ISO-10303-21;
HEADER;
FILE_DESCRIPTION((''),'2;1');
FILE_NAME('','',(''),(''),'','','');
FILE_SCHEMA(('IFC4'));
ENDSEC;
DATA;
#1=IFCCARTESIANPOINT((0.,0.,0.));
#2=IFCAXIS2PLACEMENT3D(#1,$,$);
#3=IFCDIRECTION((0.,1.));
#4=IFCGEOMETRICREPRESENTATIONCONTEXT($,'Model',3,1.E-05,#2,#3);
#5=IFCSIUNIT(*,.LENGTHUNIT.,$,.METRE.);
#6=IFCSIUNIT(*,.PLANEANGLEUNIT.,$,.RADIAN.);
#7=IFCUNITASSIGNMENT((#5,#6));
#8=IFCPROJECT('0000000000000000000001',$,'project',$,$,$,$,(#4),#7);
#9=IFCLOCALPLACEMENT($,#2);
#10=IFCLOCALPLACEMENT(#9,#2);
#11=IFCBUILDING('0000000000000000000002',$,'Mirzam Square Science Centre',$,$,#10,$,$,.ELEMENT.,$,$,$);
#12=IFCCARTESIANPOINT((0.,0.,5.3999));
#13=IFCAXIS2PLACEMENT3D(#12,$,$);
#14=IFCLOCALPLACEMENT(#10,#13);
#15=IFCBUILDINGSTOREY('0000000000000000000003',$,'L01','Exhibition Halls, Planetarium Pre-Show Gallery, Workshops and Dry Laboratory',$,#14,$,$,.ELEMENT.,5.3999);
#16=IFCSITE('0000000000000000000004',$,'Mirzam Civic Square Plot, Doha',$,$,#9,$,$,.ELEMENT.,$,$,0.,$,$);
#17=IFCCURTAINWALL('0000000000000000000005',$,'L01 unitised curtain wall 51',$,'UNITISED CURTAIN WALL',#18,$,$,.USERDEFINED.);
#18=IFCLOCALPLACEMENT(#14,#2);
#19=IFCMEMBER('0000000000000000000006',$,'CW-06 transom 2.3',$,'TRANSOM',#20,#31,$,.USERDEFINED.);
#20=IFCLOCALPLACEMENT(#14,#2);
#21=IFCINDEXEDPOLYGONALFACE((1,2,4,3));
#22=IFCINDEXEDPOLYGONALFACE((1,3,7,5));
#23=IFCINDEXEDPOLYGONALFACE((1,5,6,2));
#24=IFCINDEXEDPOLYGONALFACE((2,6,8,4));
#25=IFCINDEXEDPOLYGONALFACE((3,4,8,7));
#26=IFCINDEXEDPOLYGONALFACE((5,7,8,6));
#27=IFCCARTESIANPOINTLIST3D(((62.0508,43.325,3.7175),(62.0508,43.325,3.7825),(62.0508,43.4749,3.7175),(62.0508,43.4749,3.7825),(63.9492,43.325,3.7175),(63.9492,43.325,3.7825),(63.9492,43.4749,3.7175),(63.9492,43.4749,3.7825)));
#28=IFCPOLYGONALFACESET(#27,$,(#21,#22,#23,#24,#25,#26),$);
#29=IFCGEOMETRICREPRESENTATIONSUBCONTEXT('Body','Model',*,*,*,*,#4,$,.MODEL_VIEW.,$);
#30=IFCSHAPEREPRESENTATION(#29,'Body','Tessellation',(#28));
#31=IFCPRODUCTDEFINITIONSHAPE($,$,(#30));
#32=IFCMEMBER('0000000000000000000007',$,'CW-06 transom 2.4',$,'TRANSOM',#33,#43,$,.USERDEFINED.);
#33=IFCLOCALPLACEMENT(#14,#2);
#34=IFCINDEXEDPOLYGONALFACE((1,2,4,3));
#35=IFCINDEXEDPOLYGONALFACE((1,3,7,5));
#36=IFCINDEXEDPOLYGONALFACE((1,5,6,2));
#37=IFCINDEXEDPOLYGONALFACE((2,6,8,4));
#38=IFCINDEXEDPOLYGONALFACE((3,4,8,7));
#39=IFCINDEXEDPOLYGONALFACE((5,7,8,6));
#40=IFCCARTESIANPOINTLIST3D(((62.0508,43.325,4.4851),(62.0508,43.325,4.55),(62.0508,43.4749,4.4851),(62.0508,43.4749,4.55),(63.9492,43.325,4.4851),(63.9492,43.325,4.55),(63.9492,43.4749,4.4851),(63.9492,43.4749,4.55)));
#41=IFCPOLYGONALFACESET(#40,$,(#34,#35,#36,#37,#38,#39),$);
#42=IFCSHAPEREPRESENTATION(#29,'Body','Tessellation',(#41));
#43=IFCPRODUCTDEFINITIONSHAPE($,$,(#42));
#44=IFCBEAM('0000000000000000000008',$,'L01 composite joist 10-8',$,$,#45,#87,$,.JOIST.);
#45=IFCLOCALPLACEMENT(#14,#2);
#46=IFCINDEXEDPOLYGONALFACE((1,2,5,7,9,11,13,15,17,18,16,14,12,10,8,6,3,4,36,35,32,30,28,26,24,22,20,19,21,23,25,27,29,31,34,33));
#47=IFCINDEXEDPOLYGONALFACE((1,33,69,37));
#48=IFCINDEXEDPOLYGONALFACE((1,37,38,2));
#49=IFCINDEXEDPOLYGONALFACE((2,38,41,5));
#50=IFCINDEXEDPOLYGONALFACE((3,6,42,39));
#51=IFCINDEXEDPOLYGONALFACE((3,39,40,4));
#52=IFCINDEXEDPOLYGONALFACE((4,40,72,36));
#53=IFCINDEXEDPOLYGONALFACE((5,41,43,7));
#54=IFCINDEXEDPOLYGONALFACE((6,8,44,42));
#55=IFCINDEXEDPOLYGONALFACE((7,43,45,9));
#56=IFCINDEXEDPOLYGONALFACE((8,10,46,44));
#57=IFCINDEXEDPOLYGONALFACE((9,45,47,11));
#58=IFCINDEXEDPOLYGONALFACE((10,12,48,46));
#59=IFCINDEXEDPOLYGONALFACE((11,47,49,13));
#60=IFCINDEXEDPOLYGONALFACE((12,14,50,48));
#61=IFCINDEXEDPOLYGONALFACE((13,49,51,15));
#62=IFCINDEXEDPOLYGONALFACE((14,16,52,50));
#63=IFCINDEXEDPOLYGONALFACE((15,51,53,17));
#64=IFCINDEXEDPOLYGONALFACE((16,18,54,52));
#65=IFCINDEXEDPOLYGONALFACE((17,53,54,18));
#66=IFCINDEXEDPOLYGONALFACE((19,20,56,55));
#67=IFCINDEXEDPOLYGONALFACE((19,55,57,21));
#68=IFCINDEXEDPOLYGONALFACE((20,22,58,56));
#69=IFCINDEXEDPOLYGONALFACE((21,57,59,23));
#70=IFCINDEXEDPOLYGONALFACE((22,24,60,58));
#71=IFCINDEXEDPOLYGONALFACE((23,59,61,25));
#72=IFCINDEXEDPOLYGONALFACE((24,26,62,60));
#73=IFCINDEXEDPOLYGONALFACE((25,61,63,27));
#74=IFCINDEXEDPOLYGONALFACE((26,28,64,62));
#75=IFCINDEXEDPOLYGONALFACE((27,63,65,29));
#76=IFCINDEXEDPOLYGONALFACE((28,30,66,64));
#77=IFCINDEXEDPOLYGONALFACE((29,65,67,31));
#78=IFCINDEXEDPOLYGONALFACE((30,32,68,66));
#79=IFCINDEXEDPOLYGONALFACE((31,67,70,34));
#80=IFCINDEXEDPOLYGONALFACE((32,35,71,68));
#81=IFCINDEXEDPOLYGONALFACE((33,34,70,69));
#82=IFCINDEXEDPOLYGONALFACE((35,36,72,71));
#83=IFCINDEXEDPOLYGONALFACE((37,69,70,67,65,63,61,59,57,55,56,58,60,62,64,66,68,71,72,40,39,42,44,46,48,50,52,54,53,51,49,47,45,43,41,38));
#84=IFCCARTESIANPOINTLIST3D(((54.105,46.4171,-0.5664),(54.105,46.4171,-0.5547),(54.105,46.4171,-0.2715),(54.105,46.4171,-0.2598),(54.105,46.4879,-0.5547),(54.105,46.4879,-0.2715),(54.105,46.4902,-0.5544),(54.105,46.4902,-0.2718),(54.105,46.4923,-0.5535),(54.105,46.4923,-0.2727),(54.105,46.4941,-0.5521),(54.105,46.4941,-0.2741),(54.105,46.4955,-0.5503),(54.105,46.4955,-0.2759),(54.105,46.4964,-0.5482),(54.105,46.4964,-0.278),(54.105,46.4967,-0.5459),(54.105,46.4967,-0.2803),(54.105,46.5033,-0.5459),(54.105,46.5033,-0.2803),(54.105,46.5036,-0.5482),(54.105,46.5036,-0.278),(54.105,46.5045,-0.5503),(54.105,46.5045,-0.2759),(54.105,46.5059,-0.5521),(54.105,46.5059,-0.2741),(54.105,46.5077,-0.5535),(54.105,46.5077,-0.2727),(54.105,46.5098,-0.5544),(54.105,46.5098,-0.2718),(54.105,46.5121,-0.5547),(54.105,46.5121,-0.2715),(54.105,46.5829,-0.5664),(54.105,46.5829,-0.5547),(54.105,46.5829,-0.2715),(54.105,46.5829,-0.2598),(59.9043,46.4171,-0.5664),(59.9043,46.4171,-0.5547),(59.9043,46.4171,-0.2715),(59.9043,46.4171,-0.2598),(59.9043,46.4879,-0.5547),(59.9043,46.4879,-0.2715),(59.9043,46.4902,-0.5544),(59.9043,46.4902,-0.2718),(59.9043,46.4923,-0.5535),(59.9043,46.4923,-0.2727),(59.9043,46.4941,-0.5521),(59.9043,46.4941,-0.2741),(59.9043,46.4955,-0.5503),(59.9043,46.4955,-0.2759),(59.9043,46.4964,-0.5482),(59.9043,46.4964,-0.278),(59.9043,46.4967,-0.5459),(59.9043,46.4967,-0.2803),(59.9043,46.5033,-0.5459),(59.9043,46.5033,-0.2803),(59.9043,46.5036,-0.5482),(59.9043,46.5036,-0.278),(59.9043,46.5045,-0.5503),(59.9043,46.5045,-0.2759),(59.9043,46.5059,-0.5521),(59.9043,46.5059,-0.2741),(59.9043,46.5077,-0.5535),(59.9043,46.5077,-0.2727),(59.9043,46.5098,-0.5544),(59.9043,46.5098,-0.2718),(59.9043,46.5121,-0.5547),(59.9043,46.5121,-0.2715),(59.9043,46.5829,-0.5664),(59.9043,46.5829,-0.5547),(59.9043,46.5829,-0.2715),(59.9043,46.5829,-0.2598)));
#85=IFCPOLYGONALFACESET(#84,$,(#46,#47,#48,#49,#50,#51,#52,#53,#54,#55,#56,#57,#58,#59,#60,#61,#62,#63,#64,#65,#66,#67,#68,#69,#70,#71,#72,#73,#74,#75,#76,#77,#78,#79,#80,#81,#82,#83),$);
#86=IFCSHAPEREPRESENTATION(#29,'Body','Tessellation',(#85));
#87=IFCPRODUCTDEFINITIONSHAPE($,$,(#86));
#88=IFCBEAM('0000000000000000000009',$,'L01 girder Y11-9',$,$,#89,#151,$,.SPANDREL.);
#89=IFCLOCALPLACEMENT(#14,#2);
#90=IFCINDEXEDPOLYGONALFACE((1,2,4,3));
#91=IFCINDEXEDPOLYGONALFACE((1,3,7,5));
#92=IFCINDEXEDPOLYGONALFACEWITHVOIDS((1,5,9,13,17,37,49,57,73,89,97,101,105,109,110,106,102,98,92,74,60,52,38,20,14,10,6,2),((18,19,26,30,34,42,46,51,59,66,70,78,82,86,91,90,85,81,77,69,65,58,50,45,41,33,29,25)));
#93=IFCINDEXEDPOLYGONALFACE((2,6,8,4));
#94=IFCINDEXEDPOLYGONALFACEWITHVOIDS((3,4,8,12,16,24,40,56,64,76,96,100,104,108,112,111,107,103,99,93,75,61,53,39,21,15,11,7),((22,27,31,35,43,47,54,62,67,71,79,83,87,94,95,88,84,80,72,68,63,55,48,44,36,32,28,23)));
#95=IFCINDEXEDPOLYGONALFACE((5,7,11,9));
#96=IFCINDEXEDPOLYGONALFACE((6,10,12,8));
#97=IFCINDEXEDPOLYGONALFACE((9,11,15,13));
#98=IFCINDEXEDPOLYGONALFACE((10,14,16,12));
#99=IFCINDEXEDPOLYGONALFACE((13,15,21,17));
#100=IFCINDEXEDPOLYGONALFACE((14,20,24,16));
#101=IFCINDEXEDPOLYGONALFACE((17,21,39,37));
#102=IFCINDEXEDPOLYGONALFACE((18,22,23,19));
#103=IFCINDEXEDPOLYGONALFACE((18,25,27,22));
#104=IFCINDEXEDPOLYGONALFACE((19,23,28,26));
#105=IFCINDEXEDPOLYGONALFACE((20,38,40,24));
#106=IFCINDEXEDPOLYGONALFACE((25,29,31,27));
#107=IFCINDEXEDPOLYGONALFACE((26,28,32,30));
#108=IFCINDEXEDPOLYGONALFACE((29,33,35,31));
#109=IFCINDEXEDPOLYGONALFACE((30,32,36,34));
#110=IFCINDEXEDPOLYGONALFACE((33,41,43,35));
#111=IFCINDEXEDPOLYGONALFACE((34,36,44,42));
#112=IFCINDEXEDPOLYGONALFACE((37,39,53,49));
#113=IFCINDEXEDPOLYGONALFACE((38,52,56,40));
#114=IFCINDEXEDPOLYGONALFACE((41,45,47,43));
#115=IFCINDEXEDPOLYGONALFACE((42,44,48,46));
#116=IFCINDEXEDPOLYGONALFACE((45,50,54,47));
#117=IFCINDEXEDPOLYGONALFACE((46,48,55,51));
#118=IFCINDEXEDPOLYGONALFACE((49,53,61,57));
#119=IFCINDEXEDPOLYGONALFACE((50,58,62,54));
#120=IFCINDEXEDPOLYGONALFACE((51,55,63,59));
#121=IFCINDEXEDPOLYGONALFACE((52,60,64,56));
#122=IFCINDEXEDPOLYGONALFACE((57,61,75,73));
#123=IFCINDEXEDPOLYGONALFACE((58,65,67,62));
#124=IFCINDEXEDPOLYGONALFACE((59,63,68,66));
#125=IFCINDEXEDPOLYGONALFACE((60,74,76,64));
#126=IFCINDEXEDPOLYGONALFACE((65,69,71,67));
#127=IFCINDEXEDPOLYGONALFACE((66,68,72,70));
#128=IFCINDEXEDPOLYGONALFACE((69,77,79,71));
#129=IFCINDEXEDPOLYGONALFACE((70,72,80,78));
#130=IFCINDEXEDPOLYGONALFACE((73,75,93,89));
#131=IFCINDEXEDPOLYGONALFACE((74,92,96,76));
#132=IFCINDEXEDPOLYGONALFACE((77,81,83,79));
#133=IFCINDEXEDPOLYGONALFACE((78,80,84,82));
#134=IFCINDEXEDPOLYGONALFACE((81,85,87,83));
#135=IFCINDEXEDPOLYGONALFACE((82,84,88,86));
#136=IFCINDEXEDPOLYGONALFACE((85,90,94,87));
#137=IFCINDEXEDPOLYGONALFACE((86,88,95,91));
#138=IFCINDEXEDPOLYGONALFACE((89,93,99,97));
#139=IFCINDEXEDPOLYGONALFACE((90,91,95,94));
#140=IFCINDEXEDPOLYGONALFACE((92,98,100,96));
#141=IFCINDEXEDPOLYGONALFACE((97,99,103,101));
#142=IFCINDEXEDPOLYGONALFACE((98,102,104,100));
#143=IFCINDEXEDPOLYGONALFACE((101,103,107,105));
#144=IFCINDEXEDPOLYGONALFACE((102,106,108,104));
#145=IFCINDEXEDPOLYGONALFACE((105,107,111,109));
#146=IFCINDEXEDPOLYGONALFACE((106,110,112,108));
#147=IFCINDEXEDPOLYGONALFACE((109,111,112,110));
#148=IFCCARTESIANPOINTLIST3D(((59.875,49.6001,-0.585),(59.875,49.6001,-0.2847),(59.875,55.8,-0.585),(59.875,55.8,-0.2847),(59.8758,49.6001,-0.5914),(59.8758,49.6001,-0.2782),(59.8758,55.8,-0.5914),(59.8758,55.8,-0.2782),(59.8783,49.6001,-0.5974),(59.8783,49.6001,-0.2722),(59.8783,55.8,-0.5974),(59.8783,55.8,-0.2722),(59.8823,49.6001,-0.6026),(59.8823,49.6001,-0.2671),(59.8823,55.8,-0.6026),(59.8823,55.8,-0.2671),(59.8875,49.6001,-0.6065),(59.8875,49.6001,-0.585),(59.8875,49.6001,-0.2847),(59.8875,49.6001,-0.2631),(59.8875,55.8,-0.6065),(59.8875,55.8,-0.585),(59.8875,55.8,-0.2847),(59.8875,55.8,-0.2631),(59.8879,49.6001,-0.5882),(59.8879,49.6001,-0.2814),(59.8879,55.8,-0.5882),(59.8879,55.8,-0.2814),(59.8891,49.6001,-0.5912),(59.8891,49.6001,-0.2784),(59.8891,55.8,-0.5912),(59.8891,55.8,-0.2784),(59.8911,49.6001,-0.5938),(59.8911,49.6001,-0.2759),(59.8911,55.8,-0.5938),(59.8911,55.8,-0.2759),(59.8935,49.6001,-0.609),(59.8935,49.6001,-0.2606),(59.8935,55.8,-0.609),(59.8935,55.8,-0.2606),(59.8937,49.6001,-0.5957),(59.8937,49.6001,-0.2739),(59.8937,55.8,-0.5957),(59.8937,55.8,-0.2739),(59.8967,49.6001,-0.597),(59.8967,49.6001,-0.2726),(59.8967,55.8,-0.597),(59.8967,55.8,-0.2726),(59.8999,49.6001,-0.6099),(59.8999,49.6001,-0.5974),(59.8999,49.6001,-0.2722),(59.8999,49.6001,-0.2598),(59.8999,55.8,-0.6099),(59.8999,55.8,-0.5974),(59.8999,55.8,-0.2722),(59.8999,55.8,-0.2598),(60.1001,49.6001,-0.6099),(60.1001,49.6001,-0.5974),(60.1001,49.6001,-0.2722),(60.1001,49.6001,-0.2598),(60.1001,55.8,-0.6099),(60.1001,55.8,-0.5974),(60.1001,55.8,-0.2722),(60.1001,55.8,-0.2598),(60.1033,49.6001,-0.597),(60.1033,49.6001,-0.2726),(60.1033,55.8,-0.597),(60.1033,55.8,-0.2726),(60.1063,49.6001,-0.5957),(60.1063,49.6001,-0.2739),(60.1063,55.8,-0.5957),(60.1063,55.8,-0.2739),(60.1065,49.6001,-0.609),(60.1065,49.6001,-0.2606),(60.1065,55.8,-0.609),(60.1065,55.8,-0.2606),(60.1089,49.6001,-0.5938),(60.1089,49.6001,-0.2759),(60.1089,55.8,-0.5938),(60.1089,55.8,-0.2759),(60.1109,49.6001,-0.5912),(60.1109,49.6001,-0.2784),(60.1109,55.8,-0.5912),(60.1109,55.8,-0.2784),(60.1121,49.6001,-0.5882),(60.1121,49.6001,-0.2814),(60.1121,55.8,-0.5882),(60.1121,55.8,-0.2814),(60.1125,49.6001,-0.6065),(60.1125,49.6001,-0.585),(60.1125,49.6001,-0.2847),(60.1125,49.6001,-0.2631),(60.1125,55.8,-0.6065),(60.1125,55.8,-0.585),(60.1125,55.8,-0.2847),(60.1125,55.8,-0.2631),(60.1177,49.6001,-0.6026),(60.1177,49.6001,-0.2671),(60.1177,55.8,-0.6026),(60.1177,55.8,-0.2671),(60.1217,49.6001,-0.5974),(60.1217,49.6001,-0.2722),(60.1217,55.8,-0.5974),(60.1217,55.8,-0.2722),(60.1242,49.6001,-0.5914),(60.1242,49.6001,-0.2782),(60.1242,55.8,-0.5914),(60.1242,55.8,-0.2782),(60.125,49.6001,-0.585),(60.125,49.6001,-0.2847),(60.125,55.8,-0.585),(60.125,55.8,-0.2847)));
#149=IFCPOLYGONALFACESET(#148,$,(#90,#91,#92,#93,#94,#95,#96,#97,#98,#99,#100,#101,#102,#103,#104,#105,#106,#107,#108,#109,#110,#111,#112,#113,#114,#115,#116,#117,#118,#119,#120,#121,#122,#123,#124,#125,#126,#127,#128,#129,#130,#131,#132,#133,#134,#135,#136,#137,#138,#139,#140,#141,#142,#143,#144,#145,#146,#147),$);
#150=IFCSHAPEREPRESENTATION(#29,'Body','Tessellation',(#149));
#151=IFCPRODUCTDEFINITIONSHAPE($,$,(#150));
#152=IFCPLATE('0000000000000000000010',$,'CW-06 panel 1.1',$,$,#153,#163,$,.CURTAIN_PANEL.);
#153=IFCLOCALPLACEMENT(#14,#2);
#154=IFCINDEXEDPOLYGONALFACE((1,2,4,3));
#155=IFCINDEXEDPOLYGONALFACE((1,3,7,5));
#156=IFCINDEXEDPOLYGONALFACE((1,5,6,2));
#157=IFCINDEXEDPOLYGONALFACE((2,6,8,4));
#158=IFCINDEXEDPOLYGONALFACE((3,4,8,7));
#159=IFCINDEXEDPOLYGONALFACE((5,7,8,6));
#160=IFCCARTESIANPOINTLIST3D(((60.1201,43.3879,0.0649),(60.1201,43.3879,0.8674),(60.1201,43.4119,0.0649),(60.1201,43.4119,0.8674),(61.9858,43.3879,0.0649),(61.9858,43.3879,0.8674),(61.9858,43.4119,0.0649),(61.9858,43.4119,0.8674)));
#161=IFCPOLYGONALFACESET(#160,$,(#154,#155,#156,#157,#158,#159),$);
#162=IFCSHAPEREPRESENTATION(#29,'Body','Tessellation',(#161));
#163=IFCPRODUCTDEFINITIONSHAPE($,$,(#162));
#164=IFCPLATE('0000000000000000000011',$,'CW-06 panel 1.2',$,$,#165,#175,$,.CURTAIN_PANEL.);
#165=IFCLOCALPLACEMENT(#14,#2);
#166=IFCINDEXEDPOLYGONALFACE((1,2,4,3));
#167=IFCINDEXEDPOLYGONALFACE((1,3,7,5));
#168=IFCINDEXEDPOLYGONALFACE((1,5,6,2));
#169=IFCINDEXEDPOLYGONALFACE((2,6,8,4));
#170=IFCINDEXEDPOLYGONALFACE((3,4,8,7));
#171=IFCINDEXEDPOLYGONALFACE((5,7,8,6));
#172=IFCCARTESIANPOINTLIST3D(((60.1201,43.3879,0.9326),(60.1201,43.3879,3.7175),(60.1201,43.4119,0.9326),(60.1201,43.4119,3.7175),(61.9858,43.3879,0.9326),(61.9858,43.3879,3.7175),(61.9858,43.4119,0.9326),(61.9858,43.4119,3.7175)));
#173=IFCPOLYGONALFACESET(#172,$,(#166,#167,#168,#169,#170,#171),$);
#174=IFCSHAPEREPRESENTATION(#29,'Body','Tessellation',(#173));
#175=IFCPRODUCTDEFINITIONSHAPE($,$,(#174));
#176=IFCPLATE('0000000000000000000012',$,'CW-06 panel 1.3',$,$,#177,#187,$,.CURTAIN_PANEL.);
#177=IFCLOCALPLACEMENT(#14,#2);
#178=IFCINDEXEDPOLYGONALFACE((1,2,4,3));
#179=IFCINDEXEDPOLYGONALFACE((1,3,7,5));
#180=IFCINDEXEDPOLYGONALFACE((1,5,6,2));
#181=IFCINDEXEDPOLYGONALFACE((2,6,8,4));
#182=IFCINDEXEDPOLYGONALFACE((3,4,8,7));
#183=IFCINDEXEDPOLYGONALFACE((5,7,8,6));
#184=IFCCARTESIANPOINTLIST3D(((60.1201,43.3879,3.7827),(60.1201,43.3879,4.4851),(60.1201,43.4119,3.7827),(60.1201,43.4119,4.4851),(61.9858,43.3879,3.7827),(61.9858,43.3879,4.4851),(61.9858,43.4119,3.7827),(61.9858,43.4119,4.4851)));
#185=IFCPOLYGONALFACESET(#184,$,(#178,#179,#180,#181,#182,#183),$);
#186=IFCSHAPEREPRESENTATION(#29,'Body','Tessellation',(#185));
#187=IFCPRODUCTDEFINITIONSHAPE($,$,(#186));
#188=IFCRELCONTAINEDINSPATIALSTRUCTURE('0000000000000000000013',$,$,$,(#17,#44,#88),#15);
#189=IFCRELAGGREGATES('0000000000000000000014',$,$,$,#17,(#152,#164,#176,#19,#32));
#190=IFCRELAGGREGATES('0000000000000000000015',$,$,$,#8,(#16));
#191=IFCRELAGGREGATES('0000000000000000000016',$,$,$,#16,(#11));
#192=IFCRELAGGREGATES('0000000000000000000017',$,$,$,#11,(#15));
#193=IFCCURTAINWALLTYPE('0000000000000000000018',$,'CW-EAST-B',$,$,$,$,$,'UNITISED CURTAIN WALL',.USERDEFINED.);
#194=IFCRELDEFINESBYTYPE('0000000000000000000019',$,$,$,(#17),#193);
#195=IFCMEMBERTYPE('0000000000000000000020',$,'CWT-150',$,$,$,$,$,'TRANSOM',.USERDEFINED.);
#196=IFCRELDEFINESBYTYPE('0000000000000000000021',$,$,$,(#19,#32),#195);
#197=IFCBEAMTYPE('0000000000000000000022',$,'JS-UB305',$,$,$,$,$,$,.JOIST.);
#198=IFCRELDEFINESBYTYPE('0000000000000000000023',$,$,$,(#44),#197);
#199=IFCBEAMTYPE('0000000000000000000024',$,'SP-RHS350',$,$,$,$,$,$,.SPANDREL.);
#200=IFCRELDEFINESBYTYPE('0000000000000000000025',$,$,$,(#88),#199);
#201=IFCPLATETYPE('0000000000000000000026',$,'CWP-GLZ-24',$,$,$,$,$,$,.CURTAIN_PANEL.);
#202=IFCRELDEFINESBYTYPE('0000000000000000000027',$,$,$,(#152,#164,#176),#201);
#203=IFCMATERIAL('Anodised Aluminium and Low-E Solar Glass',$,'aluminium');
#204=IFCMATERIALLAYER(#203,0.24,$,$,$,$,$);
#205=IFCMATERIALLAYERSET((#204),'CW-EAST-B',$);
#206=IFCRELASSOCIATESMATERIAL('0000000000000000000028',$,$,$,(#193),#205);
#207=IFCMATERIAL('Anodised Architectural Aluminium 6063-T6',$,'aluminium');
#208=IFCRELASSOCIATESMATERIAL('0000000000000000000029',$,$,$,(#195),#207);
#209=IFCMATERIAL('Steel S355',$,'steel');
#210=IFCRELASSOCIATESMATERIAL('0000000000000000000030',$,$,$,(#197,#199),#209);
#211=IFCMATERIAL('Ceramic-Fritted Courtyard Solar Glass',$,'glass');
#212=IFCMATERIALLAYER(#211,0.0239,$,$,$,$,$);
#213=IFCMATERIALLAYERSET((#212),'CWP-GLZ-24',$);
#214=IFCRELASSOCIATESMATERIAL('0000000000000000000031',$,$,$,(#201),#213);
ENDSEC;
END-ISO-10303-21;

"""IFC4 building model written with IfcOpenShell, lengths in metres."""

from ifc_helpers import new_model, si_unit, direction, frame, origin, origin_2d, place, context, subcontext, project, spatial, rectangle, hollow_rectangle, i_section, extrude, material, layer, layer_set, material_profile, profile_set, type_object, element, aggregate, save


model = new_model("IFC4")

# Units and contexts
model_context = context("Model", 3, precision=1e-05, world=origin(), true_north=direction((0.0, 1.0)))
body_context = subcontext(model_context, "Body", "Model", "MODEL_VIEW")
ifc_project = project(units=[si_unit("LENGTHUNIT", "METRE"), si_unit("PLANEANGLEUNIT", "RADIAN")], contexts=[model_context])

# Site, building, storey
site_placement = place(None, origin())
site = spatial("IfcSite", under=ifc_project, at=site_placement, Name="Mirzam Civic Square Plot, Doha", CompositionType="ELEMENT", RefElevation=0.0)
building_placement = place(site_placement, origin())
building = spatial("IfcBuilding", under=site, at=building_placement, Name="Mirzam Square Science Centre", CompositionType="ELEMENT")
storey_placement = place(building_placement, frame((0.0, 0.0, 5.3999)))
storey = spatial("IfcBuildingStorey", under=building, at=storey_placement, Name="L01", Description="Exhibition Halls, Planetarium Pre-Show Gallery, Workshops and Dry Laboratory", CompositionType="ELEMENT", Elevation=5.3999)

# Shared definitions
ifc_material_1 = material(Name="Steel S355", Category="steel")

# Curtain wall, members
ifc_material_2 = material(Name="Anodised Aluminium and Low-E Solar Glass", Category="aluminium")
ifc_layer_1 = layer(ifc_material_2, 0.24)
ifc_layer_set_1 = layer_set([ifc_layer_1], Name="CW-EAST-B")
curtain_wall_type = type_object("IfcCurtainWallType", Name="CW-EAST-B", ElementType="UNITISED CURTAIN WALL", PredefinedType="USERDEFINED", material=ifc_layer_set_1)
curtain_wall_placement = place(storey_placement, origin())
curtain_wall = element("IfcCurtainWall", 1, at=curtain_wall_placement, inside=storey, type_object=curtain_wall_type, Name="L01 unitised curtain wall 51", ObjectType="UNITISED CURTAIN WALL", PredefinedType="USERDEFINED")
ifc_material_3 = material(Name="Anodised Architectural Aluminium 6063-T6", Category="aluminium")
ifc_material_profile_1 = material_profile(ifc_material_3, rectangle(XDim=0.1499, YDim=0.0649, at=origin_2d()), Name="ALU-TRAN-150x65x4")
ifc_profile_set_1 = profile_set([ifc_material_profile_1], Name="Anodised Architectural Aluminium 6063-T6")
member_type_1 = type_object("IfcMemberType", Name="CWT-150", ElementType="TRANSOM", PredefinedType="USERDEFINED", material=ifc_profile_set_1)
member_1_placement = place(storey_placement, frame((62.0508, 43.3999, 3.75), z_axis=(1.0, 0.0, 0.0), x_axis=(0.0, 1.0, 0.0)))
member_1 = element("IfcMember", 2, at=member_1_placement, type_object=member_type_1, Name="CW-06 transom 2.3", ObjectType="TRANSOM", PredefinedType="USERDEFINED", context=body_context, shape_type="SweptSolid", body=[
    extrude(rectangle(XDim=0.1499, YDim=0.0649, at=origin_2d()), origin(), (0.0, 0.0, 1.0), 1.8984),
])
member_2_placement = place(storey_placement, frame((62.0508, 43.3999, 4.5176), z_axis=(1.0, 0.0, 0.0), x_axis=(0.0, 1.0, 0.0)))
member_2 = element("IfcMember", 3, at=member_2_placement, type_object=member_type_1, Name="CW-06 transom 2.4", ObjectType="TRANSOM", PredefinedType="USERDEFINED", context=body_context, shape_type="SweptSolid", body=[
    extrude(rectangle(XDim=0.1499, YDim=0.0649, at=origin_2d()), origin(), (0.0, 0.0, 1.0), 1.8984),
])

# Beams
ifc_material_profile_2 = material_profile(ifc_material_1, i_section(OverallWidth=0.1658, OverallDepth=0.3066, WebThickness=0.0066, FlangeThickness=0.0117, FilletRadius=0.0088, at=origin_2d()), Name="305x165x46UB")
ifc_profile_set_2 = profile_set([ifc_material_profile_2], Name="Steel S355")
beam_type_1 = type_object("IfcBeamType", Name="JS-UB305", PredefinedType="JOIST", material=ifc_profile_set_2)
beam_1_placement = place(storey_placement, frame((54.105, 46.5, -0.4131), z_axis=(1.0, 0.0, 0.0), x_axis=(0.0, 1.0, 0.0)))
element("IfcBeam", 4, at=beam_1_placement, inside=storey, type_object=beam_type_1, Name="L01 composite joist 10-8", PredefinedType="JOIST", context=body_context, shape_type="SweptSolid", body=[
    extrude(i_section(OverallWidth=0.1658, OverallDepth=0.3066, WebThickness=0.0066, FlangeThickness=0.0117, FilletRadius=0.0088, at=origin_2d()), origin(), (0.0, 0.0, 1.0), 5.7993),
])
ifc_material_profile_3 = material_profile(ifc_material_1, hollow_rectangle(XDim=0.25, YDim=0.3501, WallThickness=0.0125, InnerFilletRadius=0.0125, OuterFilletRadius=0.0249, at=origin_2d()), Name="350x250x12.5RHS")
ifc_profile_set_3 = profile_set([ifc_material_profile_3], Name="Steel S355")
beam_type_2 = type_object("IfcBeamType", Name="SP-RHS350", PredefinedType="SPANDREL", material=ifc_profile_set_3)
beam_2_placement = place(storey_placement, frame((60.0, 49.6001, -0.4348), z_axis=(0.0, 1.0, 0.0), x_axis=(-1.0, 0.0, 0.0)))
element("IfcBeam", 5, at=beam_2_placement, inside=storey, type_object=beam_type_2, Name="L01 girder Y11-9", PredefinedType="SPANDREL", context=body_context, shape_type="SweptSolid", body=[
    extrude(hollow_rectangle(XDim=0.25, YDim=0.3501, WallThickness=0.0125, InnerFilletRadius=0.0125, OuterFilletRadius=0.0249, at=origin_2d()), origin(), (0.0, 0.0, 1.0), 6.2),
])

# Plates
ifc_material_4 = material(Name="Ceramic-Fritted Courtyard Solar Glass", Category="glass")
ifc_layer_2 = layer(ifc_material_4, 0.0239)
ifc_layer_set_2 = layer_set([ifc_layer_2], Name="CWP-GLZ-24")
plate_type = type_object("IfcPlateType", Name="CWP-GLZ-24", PredefinedType="CURTAIN_PANEL", material=ifc_layer_set_2)
plate_1_placement = place(storey_placement, frame((61.053, 43.3999, 0.0649), z_axis=(0.0, 0.0, 1.0), x_axis=(1.0, 0.0, 0.0)))
plate_1 = element("IfcPlate", 6, at=plate_1_placement, type_object=plate_type, Name="CW-06 panel 1.1", PredefinedType="CURTAIN_PANEL", context=body_context, shape_type="SweptSolid", body=[
    extrude(rectangle(XDim=1.8657, YDim=0.0239, at=origin_2d()), origin(), (0.0, 0.0, 1.0), 0.8025),
])
plate_2_placement = place(storey_placement, frame((61.053, 43.3999, 0.9326), z_axis=(0.0, 0.0, 1.0), x_axis=(1.0, 0.0, 0.0)))
plate_2 = element("IfcPlate", 7, at=plate_2_placement, type_object=plate_type, Name="CW-06 panel 1.2", PredefinedType="CURTAIN_PANEL", context=body_context, shape_type="SweptSolid", body=[
    extrude(rectangle(XDim=1.8657, YDim=0.0239, at=origin_2d()), origin(), (0.0, 0.0, 1.0), 2.7849),
])
plate_3_placement = place(storey_placement, frame((61.053, 43.3999, 3.7827), z_axis=(0.0, 0.0, 1.0), x_axis=(1.0, 0.0, 0.0)))
plate_3 = element("IfcPlate", 8, at=plate_3_placement, type_object=plate_type, Name="CW-06 panel 1.3", PredefinedType="CURTAIN_PANEL", context=body_context, shape_type="SweptSolid", body=[
    extrude(rectangle(XDim=1.8657, YDim=0.0239, at=origin_2d()), origin(), (0.0, 0.0, 1.0), 0.7024),
])
aggregate(curtain_wall, [plate_1, plate_2, plate_3, member_1, member_2])

save(model, "model.ifc")
